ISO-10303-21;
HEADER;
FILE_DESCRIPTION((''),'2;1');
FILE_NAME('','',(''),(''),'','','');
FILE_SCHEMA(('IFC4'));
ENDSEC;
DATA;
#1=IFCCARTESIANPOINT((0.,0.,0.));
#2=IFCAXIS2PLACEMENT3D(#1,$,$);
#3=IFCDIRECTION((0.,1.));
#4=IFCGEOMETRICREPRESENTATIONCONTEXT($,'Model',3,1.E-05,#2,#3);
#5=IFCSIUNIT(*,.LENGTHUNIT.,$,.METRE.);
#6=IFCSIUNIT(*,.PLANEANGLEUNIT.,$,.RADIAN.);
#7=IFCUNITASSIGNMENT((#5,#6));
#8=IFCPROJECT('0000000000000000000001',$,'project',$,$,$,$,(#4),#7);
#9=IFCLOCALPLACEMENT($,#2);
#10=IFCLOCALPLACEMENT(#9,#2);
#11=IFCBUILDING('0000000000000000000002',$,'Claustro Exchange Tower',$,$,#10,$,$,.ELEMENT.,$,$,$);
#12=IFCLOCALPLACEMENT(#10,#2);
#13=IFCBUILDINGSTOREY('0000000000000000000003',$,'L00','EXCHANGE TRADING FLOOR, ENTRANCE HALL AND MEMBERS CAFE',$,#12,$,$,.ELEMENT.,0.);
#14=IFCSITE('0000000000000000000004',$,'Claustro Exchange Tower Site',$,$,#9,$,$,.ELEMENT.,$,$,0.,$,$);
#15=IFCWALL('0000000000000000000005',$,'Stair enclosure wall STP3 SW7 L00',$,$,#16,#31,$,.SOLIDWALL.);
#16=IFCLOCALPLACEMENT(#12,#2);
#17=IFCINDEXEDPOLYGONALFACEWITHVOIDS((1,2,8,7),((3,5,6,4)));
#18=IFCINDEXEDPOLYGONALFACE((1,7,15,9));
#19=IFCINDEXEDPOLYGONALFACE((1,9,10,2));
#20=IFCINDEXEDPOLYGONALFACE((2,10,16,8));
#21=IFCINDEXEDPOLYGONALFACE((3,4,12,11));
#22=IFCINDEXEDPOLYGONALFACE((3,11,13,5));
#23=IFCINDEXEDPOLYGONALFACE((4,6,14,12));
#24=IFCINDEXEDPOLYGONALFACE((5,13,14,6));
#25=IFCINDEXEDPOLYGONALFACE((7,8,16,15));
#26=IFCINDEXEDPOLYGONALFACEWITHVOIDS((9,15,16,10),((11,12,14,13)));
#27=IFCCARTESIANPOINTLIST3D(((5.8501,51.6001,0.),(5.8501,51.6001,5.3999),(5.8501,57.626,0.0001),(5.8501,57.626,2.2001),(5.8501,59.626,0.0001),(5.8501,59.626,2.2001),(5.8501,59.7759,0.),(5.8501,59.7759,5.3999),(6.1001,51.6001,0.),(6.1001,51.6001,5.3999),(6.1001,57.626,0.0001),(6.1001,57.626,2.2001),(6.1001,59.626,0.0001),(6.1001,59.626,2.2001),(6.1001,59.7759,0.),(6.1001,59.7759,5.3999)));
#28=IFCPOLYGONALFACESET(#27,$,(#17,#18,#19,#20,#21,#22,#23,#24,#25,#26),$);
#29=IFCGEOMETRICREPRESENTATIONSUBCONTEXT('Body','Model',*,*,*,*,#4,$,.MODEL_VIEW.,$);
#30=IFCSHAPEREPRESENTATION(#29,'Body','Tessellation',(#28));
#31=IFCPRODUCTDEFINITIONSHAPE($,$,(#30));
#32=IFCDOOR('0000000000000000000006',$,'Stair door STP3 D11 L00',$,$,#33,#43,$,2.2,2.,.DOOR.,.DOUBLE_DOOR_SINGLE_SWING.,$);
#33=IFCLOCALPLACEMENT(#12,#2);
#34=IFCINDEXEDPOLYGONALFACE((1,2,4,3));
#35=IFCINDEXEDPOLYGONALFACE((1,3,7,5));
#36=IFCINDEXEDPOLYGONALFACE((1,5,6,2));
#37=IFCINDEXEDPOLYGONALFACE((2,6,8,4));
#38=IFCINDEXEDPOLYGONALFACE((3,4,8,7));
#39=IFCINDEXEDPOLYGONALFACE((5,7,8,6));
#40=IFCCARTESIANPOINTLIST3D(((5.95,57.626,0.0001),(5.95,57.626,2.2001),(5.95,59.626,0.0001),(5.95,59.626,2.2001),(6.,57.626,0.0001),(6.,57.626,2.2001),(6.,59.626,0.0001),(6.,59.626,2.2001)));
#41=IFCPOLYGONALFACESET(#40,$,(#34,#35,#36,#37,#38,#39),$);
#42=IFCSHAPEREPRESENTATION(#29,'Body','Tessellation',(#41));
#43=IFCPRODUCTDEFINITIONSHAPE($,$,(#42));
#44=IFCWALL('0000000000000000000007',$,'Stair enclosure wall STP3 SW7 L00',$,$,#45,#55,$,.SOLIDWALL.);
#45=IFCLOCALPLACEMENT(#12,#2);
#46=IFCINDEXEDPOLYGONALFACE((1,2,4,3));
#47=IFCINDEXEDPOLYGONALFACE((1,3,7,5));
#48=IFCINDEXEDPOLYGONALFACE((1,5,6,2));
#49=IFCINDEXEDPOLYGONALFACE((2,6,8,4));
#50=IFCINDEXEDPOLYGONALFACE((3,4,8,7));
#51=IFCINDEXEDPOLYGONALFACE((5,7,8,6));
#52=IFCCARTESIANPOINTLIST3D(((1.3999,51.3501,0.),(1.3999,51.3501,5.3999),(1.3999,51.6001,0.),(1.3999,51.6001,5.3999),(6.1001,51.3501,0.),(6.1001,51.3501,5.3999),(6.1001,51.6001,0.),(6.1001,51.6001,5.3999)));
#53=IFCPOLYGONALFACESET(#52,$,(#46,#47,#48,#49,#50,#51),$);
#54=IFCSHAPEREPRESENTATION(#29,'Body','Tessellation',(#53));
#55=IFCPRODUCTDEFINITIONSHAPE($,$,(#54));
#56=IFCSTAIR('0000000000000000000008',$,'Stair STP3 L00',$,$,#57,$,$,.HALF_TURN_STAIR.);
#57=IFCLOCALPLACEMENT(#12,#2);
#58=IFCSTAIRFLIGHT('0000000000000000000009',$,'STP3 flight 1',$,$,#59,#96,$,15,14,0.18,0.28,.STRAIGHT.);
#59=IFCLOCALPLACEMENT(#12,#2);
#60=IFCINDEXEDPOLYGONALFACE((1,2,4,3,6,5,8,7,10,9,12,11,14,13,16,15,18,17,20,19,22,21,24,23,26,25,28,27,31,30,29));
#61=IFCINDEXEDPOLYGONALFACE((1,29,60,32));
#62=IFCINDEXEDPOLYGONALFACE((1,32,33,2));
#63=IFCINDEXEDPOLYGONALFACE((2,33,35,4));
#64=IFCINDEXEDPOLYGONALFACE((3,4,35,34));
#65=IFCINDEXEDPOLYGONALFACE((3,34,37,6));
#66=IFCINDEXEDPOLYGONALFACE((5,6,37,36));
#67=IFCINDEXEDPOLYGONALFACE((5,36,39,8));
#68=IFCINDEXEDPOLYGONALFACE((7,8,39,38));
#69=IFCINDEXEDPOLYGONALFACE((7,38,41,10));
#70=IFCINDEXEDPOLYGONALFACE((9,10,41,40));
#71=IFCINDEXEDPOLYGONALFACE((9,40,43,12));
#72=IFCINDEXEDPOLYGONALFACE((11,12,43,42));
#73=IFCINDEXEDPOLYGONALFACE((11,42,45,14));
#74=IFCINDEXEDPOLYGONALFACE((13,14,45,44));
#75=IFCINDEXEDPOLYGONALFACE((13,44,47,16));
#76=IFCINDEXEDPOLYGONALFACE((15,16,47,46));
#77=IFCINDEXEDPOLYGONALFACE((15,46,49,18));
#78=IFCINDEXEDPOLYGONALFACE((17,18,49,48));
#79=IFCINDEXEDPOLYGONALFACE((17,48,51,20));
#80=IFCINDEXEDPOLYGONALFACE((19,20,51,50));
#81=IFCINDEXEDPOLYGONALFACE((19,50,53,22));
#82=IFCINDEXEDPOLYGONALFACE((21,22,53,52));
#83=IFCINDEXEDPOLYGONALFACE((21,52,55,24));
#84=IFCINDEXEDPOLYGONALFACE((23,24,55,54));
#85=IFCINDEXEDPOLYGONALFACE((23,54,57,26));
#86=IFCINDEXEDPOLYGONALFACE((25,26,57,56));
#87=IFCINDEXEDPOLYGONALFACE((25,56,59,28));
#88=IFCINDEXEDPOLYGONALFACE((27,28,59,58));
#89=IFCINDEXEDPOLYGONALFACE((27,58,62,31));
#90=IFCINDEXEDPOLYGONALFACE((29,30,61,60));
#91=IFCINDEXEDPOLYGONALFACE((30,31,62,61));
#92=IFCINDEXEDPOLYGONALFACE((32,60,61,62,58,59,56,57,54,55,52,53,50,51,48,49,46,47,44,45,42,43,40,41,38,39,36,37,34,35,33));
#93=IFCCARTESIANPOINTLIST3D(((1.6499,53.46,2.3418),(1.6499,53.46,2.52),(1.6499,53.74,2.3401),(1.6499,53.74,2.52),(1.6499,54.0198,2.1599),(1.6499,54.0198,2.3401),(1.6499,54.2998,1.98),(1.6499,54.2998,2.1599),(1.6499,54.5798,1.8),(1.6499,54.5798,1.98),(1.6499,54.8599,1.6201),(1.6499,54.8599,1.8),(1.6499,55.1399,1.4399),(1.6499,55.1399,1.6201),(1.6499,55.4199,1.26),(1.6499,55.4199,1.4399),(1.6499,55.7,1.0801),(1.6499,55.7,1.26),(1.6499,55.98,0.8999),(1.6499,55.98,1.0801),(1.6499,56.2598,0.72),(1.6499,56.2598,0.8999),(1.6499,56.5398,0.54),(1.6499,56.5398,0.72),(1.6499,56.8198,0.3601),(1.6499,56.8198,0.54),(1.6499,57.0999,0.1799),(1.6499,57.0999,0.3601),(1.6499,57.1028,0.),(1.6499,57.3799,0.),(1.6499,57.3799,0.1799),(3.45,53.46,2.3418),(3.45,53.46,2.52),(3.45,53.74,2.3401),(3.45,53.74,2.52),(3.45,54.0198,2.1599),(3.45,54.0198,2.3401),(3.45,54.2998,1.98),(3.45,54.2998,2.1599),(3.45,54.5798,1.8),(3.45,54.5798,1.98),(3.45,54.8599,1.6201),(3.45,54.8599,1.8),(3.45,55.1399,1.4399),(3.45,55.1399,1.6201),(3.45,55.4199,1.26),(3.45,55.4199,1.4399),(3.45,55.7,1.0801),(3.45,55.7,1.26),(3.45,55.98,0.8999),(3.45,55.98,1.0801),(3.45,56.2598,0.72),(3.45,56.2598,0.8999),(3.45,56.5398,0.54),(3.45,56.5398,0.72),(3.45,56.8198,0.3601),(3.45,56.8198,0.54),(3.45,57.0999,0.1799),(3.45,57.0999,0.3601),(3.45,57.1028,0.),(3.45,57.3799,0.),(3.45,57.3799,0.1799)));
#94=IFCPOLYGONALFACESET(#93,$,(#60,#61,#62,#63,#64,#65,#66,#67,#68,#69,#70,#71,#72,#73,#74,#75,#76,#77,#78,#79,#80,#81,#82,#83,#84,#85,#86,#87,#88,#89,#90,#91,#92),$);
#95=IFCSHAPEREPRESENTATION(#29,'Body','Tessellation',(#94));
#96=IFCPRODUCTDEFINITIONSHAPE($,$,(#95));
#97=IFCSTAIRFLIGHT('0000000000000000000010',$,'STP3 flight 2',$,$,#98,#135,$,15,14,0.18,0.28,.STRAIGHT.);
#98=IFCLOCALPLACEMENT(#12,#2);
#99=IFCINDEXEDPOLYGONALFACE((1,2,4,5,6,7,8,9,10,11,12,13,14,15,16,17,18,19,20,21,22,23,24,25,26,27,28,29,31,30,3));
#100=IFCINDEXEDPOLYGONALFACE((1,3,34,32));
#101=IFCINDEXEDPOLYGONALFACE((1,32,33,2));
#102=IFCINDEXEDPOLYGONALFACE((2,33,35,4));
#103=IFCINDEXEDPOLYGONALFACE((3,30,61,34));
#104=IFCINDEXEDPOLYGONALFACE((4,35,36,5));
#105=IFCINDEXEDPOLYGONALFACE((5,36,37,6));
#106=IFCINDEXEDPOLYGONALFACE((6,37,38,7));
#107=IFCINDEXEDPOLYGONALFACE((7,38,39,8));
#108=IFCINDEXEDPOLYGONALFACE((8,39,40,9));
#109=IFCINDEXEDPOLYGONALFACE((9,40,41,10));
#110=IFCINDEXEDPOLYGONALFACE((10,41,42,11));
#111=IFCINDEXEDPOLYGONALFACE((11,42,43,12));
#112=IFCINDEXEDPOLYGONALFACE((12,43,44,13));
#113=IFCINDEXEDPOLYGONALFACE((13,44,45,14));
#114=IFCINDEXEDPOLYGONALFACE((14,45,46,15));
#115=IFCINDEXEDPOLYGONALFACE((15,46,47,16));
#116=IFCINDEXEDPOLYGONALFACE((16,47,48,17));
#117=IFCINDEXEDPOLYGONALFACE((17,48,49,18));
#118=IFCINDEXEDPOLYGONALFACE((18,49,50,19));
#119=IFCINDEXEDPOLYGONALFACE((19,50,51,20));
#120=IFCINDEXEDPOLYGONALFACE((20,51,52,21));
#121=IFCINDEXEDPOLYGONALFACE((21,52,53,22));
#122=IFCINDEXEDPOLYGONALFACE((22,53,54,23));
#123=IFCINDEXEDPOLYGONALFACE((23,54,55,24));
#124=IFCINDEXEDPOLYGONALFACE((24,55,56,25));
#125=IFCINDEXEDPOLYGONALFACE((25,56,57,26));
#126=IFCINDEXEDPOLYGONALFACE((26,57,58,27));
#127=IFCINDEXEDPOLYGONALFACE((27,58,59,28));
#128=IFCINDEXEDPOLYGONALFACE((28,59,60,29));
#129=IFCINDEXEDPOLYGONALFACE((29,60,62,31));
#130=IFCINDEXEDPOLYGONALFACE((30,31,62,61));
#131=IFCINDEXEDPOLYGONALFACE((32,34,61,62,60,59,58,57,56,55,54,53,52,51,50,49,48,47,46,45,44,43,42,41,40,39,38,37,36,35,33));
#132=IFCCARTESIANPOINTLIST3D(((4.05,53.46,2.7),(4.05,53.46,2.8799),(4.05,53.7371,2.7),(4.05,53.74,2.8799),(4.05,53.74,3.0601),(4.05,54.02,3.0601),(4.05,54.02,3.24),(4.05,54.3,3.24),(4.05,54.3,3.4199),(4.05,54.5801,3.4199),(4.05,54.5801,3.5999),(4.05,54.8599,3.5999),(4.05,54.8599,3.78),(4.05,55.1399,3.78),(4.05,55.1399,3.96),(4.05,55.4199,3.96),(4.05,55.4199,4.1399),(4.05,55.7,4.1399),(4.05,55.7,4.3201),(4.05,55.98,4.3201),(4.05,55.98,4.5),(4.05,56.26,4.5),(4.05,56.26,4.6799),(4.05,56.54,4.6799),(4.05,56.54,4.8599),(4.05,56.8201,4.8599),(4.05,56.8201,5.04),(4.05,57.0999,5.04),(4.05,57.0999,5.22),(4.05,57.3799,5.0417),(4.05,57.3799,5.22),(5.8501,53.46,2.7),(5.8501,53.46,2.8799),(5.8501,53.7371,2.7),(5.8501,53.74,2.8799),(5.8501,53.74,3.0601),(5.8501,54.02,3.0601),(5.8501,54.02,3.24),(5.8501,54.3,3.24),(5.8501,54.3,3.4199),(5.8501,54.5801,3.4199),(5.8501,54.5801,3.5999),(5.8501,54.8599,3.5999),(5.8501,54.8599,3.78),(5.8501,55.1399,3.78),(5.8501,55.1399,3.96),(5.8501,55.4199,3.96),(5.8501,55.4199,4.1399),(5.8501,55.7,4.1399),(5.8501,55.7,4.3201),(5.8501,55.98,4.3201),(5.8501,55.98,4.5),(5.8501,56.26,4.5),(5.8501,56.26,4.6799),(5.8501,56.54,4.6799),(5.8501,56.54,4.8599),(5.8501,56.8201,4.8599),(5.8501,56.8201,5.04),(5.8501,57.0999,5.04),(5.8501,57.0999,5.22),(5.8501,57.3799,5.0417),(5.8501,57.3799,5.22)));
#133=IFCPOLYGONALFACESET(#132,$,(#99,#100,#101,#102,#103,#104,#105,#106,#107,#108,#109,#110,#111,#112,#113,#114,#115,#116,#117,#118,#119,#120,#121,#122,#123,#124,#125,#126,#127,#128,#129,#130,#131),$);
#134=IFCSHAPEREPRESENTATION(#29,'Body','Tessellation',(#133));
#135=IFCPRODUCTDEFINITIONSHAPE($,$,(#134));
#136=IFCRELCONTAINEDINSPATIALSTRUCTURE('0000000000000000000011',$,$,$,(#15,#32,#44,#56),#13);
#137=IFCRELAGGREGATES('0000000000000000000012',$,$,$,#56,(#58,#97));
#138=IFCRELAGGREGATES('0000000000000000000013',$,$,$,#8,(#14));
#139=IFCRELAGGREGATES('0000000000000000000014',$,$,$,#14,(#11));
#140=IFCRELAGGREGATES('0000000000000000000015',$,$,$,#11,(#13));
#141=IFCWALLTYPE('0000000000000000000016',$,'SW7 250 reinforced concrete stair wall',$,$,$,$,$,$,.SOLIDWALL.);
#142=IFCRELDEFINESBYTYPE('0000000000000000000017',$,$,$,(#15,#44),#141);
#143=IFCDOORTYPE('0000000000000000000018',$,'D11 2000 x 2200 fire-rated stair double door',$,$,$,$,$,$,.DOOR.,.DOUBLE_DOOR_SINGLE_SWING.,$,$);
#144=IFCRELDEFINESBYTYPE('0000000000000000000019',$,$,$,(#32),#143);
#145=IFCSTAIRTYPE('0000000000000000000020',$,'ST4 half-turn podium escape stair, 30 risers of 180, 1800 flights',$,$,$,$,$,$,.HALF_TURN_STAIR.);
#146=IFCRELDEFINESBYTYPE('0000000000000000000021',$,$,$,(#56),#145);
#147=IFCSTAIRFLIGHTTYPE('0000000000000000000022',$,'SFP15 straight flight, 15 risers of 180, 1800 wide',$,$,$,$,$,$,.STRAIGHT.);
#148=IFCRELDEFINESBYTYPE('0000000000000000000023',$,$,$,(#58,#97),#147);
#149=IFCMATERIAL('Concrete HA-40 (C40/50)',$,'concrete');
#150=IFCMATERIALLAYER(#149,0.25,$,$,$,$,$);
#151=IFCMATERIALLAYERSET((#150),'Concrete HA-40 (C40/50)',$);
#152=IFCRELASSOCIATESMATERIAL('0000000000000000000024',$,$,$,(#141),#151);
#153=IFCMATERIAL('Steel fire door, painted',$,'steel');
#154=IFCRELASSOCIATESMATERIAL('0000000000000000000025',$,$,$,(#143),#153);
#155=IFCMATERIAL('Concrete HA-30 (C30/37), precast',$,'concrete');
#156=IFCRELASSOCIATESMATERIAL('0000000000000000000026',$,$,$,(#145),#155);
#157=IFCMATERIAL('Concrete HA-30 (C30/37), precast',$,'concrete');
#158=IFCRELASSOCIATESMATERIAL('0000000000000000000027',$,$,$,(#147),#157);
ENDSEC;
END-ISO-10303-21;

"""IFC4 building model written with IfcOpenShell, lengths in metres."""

from ifc_helpers import new_model, si_unit, direction, frame, frame_2d, origin, place, context, subcontext, project, spatial, polyline, rectangle, outline, extrude, material, layer, layer_set, type_object, element, fill, aggregate, save


model = new_model("IFC4")

# Units and contexts
model_context = context("Model", 3, precision=1e-05, world=origin(), true_north=direction((0.0, 1.0)))
body_context = subcontext(model_context, "Body", "Model", "MODEL_VIEW")
ifc_project = project(units=[si_unit("LENGTHUNIT", "METRE"), si_unit("PLANEANGLEUNIT", "RADIAN")], contexts=[model_context])

# Site, building, storey
site_placement = place(None, origin())
site = spatial("IfcSite", under=ifc_project, at=site_placement, Name="Claustro Exchange Tower Site", CompositionType="ELEMENT", RefElevation=0.0)
building_placement = place(site_placement, origin())
building = spatial("IfcBuilding", under=site, at=building_placement, Name="Claustro Exchange Tower", CompositionType="ELEMENT")
storey_placement = place(building_placement, origin())
storey = spatial("IfcBuildingStorey", under=building, at=storey_placement, Name="L00", Description="EXCHANGE TRADING FLOOR, ENTRANCE HALL AND MEMBERS CAFE", CompositionType="ELEMENT", Elevation=0.0)

# Shared definitions
ifc_material_1 = material(Name="Concrete HA-40 (C40/50)", Category="concrete")
ifc_layer_1 = layer(ifc_material_1, 0.25)
ifc_layer_set_1 = layer_set([ifc_layer_1], Name="Concrete HA-40 (C40/50)")
wall_type_1 = type_object("IfcWallType", Name="SW7 250 reinforced concrete stair wall", PredefinedType="SOLIDWALL", material=ifc_layer_set_1)

# Wall, opening, door
wall_1_placement = place(storey_placement, frame((5.9751, 59.7759, 0.0), z_axis=(0.0, 0.0, 1.0), x_axis=(0.0, -1.0, 0.0)))
wall_1 = element("IfcWall", 1, at=wall_1_placement, inside=storey, type_object=wall_type_1, Name="Stair enclosure wall STP3 SW7 L00", PredefinedType="SOLIDWALL", context=body_context, shape_type="SweptSolid", body=[
    extrude(rectangle(XDim=8.1758, YDim=0.25, at=frame_2d((4.0879, 0.0))), origin(), (0.0, 0.0, 1.0), 5.3999),
])
opening_1_placement = place(wall_1_placement, frame((0.1499, 0.0, 0.0)))
opening_1 = element("IfcOpeningElement", 2, at=opening_1_placement, cuts=wall_1, PredefinedType="OPENING", context=body_context, shape_type="SweptSolid", body=[
    extrude(rectangle(XDim=2.0, YDim=2.2, at=frame_2d((1.0, 1.1001))), frame((0.0, 0.135, 0.0), z_axis=(0.0, -1.0, 0.0), x_axis=(1.0, 0.0, 0.0)), (0.0, 0.0, 1.0), 0.27),
])
ifc_material_2 = material(Name="Steel fire door, painted", Category="steel")
door_type_1 = type_object("IfcDoorType", Name="D11 2000 x 2200 fire-rated stair double door", OperationType="DOUBLE_DOOR_SINGLE_SWING", PredefinedType="DOOR", material=ifc_material_2)
door_1_placement = place(opening_1_placement, origin())
door_1 = element("IfcDoor", 3, at=door_1_placement, inside=storey, type_object=door_type_1, Name="Stair door STP3 D11 L00", OperationType="DOUBLE_DOOR_SINGLE_SWING", OverallHeight=2.2, OverallWidth=2.0, PredefinedType="DOOR", context=body_context, shape_type="SweptSolid", body=[
    extrude(rectangle(XDim=2.0, YDim=2.2, at=frame_2d((1.0, 1.1001))), frame((0.0, 0.0249, 0.0), z_axis=(0.0, -1.0, 0.0), x_axis=(1.0, 0.0, 0.0)), (0.0, 0.0, 1.0), 0.05),
])
fill(opening_1, door_1)

# Wall
wall_2_placement = place(storey_placement, frame((1.3999, 51.4751, 0.0), z_axis=(0.0, 0.0, 1.0), x_axis=(1.0, 0.0, 0.0)))
element("IfcWall", 4, at=wall_2_placement, inside=storey, type_object=wall_type_1, Name="Stair enclosure wall STP3 SW7 L00", PredefinedType="SOLIDWALL", context=body_context, shape_type="SweptSolid", body=[
    extrude(rectangle(XDim=4.7002, YDim=0.25, at=frame_2d((2.3501, 0.0))), origin(), (0.0, 0.0, 1.0), 5.3999),
])

# Stair, stair flights
ifc_material_3 = material(Name="Concrete HA-30 (C30/37), precast", Category="concrete")
stair_type = type_object("IfcStairType", Name="ST4 half-turn podium escape stair, 30 risers of 180, 1800 flights", PredefinedType="HALF_TURN_STAIR", material=ifc_material_3)
stair_placement = place(storey_placement, origin())
stair = element("IfcStair", 5, at=stair_placement, inside=storey, type_object=stair_type, Name="Stair STP3 L00", PredefinedType="HALF_TURN_STAIR")
ifc_material_4 = material(Name="Concrete HA-30 (C30/37), precast", Category="concrete")
stair_flight_type = type_object("IfcStairFlightType", Name="SFP15 straight flight, 15 risers of 180, 1800 wide", PredefinedType="STRAIGHT", material=ifc_material_4)
stair_flight_1_placement = place(storey_placement, frame((2.55, 57.3799, 0.0), z_axis=(0.0, 0.0, 1.0), x_axis=(0.0, -1.0, 0.0)))
stair_flight_1 = element("IfcStairFlight", 6, at=stair_flight_1_placement, type_object=stair_flight_type, Name="STP3 flight 1", NumberOfRisers=15, NumberOfTreads=14, PredefinedType="STRAIGHT", RiserHeight=0.18, TreadLength=0.28, context=body_context, shape_type="SweptSolid", body=[
    extrude(outline(polyline([(0.0, 0.0), (0.0, 0.1799), (0.28, 0.1799), (0.28, 0.3601), (0.5601, 0.3601), (0.5601, 0.54), (0.8401, 0.54), (0.8401, 0.72), (1.1201, 0.72), (1.1201, 0.8999), (1.3999, 0.8999), (1.3999, 1.0801), (1.6799, 1.0801), (1.6799, 1.26), (1.96, 1.26), (1.96, 1.4399), (2.24, 1.4399), (2.24, 1.6201), (2.52, 1.6201), (2.52, 1.8), (2.8, 1.8), (2.8, 1.98), (3.0801, 1.98), (3.0801, 2.1599), (3.3601, 2.1599), (3.3601, 2.3401), (3.6399, 2.3401), (3.6399, 2.52), (3.9199, 2.52), (3.9199, 2.7), (3.9199, 2.3418), (0.2771, 0.0), (0.0, 0.0)])), frame((0.0, 0.8999, 0.0), z_axis=(0.0, -1.0, 0.0), x_axis=(1.0, 0.0, 0.0)), (0.0, 0.0, 1.0), 1.8),
])
stair_flight_2_placement = place(storey_placement, frame((4.95, 53.46, 2.7), z_axis=(0.0, 0.0, 1.0), x_axis=(0.0, 1.0, 0.0)))
stair_flight_2 = element("IfcStairFlight", 7, at=stair_flight_2_placement, type_object=stair_flight_type, Name="STP3 flight 2", NumberOfRisers=15, NumberOfTreads=14, PredefinedType="STRAIGHT", RiserHeight=0.18, TreadLength=0.28, context=body_context, shape_type="SweptSolid", body=[
    extrude(outline(polyline([(0.0, 0.0), (0.0, 0.1799), (0.28, 0.1799), (0.28, 0.3601), (0.5601, 0.3601), (0.5601, 0.54), (0.8401, 0.54), (0.8401, 0.72), (1.1201, 0.72), (1.1201, 0.8999), (1.3999, 0.8999), (1.3999, 1.0801), (1.6799, 1.0801), (1.6799, 1.26), (1.96, 1.26), (1.96, 1.4399), (2.24, 1.4399), (2.24, 1.6201), (2.52, 1.6201), (2.52, 1.8), (2.8, 1.8), (2.8, 1.98), (3.0801, 1.98), (3.0801, 2.1599), (3.3601, 2.1599), (3.3601, 2.3401), (3.6399, 2.3401), (3.6399, 2.52), (3.9199, 2.52), (3.9199, 2.7), (3.9199, 2.3418), (0.2771, 0.0), (0.0, 0.0)])), frame((0.0, 0.8999, 0.0), z_axis=(0.0, -1.0, 0.0), x_axis=(1.0, 0.0, 0.0)), (0.0, 0.0, 1.0), 1.8),
])
aggregate(stair, [stair_flight_1, stair_flight_2])

save(model, "model.ifc")
